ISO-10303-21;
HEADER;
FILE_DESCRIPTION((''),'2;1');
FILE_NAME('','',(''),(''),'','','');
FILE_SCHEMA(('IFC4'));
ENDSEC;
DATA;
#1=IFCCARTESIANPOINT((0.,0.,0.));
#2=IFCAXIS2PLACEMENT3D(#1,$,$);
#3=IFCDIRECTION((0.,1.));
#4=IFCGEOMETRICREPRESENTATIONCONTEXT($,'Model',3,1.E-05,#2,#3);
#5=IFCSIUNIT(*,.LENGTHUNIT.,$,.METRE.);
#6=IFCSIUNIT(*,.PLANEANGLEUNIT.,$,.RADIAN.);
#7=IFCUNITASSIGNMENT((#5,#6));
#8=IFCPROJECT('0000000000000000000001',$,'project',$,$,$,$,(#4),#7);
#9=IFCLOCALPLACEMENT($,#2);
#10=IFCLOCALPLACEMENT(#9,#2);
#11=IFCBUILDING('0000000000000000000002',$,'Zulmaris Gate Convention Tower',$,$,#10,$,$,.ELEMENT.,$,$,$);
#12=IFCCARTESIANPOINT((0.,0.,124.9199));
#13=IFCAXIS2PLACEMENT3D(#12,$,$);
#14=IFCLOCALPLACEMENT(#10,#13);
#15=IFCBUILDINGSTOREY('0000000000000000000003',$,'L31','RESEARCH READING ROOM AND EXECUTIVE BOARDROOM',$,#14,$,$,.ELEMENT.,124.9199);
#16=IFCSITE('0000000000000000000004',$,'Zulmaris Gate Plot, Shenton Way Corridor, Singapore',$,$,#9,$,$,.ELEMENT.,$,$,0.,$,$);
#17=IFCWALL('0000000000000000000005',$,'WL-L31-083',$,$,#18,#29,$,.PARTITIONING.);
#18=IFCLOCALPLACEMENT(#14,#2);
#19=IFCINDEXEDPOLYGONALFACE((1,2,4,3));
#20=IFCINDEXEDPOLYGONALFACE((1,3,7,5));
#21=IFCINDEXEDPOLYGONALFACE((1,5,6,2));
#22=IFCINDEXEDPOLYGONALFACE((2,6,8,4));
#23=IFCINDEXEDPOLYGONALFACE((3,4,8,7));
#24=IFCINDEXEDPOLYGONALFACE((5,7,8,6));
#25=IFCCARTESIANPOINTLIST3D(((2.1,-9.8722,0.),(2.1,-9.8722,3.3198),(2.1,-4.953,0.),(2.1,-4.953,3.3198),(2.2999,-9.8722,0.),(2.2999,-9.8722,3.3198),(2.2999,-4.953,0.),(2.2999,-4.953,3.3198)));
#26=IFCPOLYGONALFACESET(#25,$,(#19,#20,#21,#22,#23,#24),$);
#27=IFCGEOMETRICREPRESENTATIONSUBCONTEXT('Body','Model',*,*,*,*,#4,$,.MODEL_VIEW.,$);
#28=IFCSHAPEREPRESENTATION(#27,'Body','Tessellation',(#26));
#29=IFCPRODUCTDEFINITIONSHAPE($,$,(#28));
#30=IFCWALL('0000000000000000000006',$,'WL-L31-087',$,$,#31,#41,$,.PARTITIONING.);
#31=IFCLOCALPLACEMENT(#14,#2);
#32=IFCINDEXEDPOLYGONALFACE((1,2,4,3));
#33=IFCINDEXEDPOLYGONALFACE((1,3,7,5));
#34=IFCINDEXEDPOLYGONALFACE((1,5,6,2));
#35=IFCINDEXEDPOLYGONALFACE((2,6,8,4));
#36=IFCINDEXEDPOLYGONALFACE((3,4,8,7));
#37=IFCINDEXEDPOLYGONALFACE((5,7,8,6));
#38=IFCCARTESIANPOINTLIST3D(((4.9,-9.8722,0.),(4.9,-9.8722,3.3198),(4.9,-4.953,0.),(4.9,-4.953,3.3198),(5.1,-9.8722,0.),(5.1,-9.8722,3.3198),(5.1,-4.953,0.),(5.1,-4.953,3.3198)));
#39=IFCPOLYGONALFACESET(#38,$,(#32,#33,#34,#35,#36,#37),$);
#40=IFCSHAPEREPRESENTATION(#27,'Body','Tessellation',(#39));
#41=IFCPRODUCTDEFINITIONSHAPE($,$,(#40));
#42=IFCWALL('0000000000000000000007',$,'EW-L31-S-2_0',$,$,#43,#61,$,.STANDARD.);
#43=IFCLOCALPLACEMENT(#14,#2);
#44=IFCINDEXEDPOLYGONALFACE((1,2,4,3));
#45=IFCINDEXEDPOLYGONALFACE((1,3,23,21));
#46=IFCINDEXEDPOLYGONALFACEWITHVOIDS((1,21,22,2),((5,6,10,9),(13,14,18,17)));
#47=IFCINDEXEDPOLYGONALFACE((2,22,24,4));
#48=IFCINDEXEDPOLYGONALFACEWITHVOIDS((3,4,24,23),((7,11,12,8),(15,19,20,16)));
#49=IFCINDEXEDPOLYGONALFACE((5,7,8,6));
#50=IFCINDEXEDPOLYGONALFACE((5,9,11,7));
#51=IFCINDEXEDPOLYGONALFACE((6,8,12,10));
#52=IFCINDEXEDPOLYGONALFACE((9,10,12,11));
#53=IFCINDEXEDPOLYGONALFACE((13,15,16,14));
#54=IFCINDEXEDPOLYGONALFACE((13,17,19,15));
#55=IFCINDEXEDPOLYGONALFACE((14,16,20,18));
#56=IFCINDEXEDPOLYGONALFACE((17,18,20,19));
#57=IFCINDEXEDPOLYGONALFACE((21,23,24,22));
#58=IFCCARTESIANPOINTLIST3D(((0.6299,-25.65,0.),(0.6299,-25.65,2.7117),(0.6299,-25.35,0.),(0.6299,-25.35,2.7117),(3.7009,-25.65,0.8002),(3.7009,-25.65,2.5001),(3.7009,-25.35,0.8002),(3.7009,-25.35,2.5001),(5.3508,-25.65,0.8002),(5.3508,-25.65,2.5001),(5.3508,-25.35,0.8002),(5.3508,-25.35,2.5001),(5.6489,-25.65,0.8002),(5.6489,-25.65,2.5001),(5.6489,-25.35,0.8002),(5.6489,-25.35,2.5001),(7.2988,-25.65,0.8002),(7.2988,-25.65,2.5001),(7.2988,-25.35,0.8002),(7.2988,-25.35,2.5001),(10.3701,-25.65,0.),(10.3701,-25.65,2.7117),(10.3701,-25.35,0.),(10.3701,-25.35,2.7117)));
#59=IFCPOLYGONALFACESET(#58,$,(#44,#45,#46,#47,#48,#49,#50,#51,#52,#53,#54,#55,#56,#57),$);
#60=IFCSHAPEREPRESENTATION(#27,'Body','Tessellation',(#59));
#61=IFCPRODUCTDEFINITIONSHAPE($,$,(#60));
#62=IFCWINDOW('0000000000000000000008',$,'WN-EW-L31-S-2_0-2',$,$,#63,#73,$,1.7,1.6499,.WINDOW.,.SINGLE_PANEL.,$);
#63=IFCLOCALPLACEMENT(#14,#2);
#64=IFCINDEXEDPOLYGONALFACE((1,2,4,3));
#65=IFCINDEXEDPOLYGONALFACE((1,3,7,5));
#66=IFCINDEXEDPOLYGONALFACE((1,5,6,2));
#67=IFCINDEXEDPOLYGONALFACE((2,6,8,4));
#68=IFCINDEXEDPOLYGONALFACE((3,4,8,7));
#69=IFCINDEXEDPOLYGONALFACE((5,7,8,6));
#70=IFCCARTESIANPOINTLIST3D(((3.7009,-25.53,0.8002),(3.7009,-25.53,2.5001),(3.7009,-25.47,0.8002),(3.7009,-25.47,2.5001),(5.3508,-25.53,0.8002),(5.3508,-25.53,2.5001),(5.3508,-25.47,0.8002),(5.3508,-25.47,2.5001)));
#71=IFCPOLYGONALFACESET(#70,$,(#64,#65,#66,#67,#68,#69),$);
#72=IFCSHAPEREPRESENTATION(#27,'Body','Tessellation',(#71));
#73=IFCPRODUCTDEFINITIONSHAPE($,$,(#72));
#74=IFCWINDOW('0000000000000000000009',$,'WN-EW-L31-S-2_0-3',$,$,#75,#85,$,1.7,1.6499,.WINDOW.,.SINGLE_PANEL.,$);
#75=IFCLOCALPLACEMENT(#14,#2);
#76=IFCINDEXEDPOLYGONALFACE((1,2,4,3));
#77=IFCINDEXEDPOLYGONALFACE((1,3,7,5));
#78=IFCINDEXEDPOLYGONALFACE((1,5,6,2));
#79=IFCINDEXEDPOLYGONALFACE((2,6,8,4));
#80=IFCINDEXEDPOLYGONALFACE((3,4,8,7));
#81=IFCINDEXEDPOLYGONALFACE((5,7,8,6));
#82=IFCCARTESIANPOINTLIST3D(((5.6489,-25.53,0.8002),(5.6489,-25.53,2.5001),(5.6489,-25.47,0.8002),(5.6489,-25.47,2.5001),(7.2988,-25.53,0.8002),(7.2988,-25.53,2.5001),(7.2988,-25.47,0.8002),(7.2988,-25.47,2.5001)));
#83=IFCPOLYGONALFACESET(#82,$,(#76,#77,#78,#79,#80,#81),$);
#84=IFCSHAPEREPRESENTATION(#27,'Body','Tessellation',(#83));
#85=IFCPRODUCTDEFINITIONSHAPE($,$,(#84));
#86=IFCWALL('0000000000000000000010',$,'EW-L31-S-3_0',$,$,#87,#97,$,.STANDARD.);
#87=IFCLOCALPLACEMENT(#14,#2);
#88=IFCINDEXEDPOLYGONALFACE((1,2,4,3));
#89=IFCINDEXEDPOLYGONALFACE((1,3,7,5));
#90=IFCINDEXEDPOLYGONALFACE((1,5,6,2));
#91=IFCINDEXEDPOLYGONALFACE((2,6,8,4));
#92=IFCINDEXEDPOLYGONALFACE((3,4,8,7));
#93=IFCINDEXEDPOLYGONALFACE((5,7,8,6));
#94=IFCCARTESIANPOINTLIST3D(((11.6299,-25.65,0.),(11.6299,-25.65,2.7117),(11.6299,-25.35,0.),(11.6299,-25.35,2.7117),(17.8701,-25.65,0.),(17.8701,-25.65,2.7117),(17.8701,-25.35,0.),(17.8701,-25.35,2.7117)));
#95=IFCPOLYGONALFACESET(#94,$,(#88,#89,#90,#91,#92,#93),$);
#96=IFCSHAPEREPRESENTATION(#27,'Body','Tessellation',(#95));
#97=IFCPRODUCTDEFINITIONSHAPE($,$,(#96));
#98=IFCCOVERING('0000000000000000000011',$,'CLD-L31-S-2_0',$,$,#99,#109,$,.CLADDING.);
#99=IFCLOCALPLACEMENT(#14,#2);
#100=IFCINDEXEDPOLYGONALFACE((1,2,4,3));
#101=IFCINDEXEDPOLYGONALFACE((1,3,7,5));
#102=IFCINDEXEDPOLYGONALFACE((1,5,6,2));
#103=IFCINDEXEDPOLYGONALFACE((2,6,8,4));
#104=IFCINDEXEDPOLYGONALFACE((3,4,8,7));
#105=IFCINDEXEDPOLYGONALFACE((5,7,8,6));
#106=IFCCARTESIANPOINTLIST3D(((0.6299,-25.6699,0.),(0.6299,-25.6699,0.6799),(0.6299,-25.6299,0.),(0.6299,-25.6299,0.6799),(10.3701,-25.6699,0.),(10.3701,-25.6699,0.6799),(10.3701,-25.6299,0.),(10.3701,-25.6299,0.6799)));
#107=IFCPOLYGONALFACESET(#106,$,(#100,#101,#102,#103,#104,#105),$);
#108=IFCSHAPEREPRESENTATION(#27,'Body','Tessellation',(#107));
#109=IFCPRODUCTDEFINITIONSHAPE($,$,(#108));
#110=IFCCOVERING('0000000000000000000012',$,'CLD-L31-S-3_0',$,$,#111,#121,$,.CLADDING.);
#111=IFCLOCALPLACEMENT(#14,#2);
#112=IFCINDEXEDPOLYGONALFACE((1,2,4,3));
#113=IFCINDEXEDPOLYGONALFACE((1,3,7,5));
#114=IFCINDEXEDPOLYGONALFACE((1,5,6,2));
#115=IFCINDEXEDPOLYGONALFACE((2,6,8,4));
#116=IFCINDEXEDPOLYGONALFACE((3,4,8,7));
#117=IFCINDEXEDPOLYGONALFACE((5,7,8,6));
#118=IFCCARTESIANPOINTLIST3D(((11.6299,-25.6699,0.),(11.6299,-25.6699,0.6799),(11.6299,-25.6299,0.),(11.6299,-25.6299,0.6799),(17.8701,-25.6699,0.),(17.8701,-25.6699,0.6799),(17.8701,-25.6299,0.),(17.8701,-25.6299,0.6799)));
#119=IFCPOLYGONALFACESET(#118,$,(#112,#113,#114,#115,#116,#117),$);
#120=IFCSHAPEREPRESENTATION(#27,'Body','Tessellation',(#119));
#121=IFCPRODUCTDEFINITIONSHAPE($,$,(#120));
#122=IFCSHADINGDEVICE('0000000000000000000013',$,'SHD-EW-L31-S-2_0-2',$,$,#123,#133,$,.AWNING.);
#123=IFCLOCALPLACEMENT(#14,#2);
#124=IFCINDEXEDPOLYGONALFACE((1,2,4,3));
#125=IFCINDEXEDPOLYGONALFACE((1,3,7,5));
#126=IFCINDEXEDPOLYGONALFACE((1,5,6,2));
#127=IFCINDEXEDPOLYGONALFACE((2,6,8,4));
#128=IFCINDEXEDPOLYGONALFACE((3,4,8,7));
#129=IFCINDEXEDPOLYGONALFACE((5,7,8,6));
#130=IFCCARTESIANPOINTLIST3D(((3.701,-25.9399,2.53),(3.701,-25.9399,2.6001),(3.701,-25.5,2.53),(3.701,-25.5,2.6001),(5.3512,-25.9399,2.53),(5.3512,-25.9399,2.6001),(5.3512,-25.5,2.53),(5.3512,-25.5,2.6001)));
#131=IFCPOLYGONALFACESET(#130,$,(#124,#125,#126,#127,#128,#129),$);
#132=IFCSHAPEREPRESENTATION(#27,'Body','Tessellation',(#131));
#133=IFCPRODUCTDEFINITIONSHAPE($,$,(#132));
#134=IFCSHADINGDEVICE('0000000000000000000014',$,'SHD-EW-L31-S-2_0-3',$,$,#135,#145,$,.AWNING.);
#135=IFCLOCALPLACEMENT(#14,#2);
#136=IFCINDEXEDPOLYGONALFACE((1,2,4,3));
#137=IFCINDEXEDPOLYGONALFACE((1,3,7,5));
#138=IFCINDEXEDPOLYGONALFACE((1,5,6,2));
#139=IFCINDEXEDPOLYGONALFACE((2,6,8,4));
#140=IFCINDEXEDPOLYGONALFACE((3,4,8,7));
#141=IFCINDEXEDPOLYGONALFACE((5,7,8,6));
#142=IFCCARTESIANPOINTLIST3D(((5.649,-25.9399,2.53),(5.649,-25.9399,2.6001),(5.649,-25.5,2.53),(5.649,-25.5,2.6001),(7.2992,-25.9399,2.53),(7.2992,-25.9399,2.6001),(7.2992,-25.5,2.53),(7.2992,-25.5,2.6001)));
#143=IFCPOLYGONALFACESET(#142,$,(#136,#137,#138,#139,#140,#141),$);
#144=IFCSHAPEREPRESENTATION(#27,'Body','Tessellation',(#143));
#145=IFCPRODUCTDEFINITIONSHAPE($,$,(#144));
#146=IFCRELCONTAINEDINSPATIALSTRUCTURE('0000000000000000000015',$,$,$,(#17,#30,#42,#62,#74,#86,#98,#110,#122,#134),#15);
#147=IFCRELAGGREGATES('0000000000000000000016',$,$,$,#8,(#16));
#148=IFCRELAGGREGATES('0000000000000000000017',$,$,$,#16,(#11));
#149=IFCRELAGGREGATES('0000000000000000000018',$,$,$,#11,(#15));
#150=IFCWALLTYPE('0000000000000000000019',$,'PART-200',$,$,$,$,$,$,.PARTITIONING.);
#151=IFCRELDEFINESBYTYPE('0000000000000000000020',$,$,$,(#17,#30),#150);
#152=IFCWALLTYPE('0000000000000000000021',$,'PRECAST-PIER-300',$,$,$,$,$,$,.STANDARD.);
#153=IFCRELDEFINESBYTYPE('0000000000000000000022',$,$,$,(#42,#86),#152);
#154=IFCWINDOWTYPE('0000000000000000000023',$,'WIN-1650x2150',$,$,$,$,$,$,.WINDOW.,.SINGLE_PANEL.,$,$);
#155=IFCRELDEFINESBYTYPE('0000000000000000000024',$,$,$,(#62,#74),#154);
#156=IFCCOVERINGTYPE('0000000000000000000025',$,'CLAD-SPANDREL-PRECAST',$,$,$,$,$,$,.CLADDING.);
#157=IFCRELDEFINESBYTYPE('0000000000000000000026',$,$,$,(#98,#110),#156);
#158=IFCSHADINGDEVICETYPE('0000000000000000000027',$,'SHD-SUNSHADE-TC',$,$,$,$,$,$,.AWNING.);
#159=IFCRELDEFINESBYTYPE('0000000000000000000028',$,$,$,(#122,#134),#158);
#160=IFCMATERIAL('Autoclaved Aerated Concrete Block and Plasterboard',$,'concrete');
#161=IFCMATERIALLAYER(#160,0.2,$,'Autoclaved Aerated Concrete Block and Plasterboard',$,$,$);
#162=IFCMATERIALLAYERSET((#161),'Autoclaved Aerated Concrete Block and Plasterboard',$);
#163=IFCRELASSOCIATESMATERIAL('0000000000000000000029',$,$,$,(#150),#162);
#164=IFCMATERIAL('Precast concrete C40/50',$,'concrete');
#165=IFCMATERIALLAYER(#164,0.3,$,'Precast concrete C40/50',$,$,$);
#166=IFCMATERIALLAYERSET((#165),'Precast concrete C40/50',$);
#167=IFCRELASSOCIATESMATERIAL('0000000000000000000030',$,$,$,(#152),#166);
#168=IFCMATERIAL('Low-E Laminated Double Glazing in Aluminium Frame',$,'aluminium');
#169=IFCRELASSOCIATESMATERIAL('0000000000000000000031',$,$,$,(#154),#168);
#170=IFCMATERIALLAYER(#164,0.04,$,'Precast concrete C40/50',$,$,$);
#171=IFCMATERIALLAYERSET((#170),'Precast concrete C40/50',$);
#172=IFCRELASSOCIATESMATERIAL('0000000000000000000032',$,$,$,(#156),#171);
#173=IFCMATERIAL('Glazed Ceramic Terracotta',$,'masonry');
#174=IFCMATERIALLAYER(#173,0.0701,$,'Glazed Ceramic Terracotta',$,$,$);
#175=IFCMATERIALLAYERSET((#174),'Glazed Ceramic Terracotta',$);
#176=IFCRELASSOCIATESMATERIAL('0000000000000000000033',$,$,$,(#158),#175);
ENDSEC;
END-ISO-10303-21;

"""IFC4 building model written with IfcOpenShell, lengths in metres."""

from ifc_helpers import new_model, si_unit, direction, frame, frame_2d, origin, place, context, subcontext, project, spatial, rectangle, extrude, material, layer, layer_set, type_object, element, fill, save


model = new_model("IFC4")

# Units and contexts
model_context = context("Model", 3, precision=1e-05, world=origin(), true_north=direction((0.0, 1.0)))
body_context = subcontext(model_context, "Body", "Model", "MODEL_VIEW")
ifc_project = project(units=[si_unit("LENGTHUNIT", "METRE"), si_unit("PLANEANGLEUNIT", "RADIAN")], contexts=[model_context])

# Site, building, storey
site_placement = place(None, origin())
site = spatial("IfcSite", under=ifc_project, at=site_placement, Name="Zulmaris Gate Plot, Shenton Way Corridor, Singapore", CompositionType="ELEMENT", RefElevation=0.0)
building_placement = place(site_placement, origin())
building = spatial("IfcBuilding", under=site, at=building_placement, Name="Zulmaris Gate Convention Tower", CompositionType="ELEMENT")
storey_placement = place(building_placement, frame((0.0, 0.0, 124.9199)))
storey = spatial("IfcBuildingStorey", under=building, at=storey_placement, Name="L31", Description="RESEARCH READING ROOM AND EXECUTIVE BOARDROOM", CompositionType="ELEMENT", Elevation=124.9199)

# Walls
ifc_material_1 = material(Name="Autoclaved Aerated Concrete Block and Plasterboard", Category="concrete")
ifc_layer_1 = layer(ifc_material_1, 0.2, Name="Autoclaved Aerated Concrete Block and Plasterboard")
ifc_layer_set_1 = layer_set([ifc_layer_1], Name="Autoclaved Aerated Concrete Block and Plasterboard")
wall_type_1 = type_object("IfcWallType", Name="PART-200", PredefinedType="PARTITIONING", material=ifc_layer_set_1)
for number, where, z_axis, x_axis, name in (
    (1, (2.2, -9.8721, 0.0), (0.0, 0.0, 1.0), (0.0, 1.0, 0.0), "WL-L31-083"),
    (2, (5.0, -9.8721, 0.0), (0.0, 0.0, 1.0), (0.0, 1.0, 0.0), "WL-L31-087"),
):
    element("IfcWall", number, at=place(storey_placement, frame(where, z_axis=z_axis, x_axis=x_axis)), inside=storey, type_object=wall_type_1, Name=name, PredefinedType="PARTITIONING", context=body_context, shape_type="SweptSolid", body=[
        extrude(rectangle(XDim=4.9192, YDim=0.2, at=frame_2d((2.4595, 0.0))), origin(), (0.0, 0.0, 1.0), 3.3198),
    ])

# Wall, openings, windows
ifc_material_2 = material(Name="Precast concrete C40/50", Category="concrete")
ifc_layer_2 = layer(ifc_material_2, 0.3, Name="Precast concrete C40/50")
ifc_layer_set_2 = layer_set([ifc_layer_2], Name="Precast concrete C40/50")
wall_type_2 = type_object("IfcWallType", Name="PRECAST-PIER-300", PredefinedType="STANDARD", material=ifc_layer_set_2)
wall_1_placement = place(storey_placement, frame((0.6299, -25.5, 0.0), z_axis=(0.0, 0.0, 1.0), x_axis=(1.0, 0.0, 0.0)))
wall_1 = element("IfcWall", 3, at=wall_1_placement, inside=storey, type_object=wall_type_2, Name="EW-L31-S-2_0", PredefinedType="STANDARD", context=body_context, shape_type="SweptSolid", body=[
    extrude(rectangle(XDim=9.7402, YDim=0.3, at=frame_2d((4.8701, 0.0))), origin(), (0.0, 0.0, 1.0), 2.7117),
])
opening_1_placement = place(wall_1_placement, frame((3.071, 0.0, 0.8)))
opening_1 = element("IfcOpeningElement", 4, at=opening_1_placement, cuts=wall_1, PredefinedType="OPENING", context=body_context, shape_type="SweptSolid", body=[
    extrude(rectangle(XDim=1.6499, YDim=1.7, at=frame_2d((0.825, 0.8501))), frame((0.0, 0.1602, 0.0), z_axis=(0.0, -1.0, 0.0), x_axis=(1.0, 0.0, 0.0)), (0.0, 0.0, 1.0), 0.3201),
])
opening_2_placement = place(wall_1_placement, frame((5.019, 0.0, 0.8)))
opening_2 = element("IfcOpeningElement", 5, at=opening_2_placement, cuts=wall_1, PredefinedType="OPENING", context=body_context, shape_type="SweptSolid", body=[
    extrude(rectangle(XDim=1.6499, YDim=1.7, at=frame_2d((0.825, 0.8501))), frame((0.0, 0.1602, 0.0), z_axis=(0.0, -1.0, 0.0), x_axis=(1.0, 0.0, 0.0)), (0.0, 0.0, 1.0), 0.3201),
])
ifc_material_3 = material(Name="Low-E Laminated Double Glazing in Aluminium Frame", Category="aluminium")
window_type = type_object("IfcWindowType", Name="WIN-1650x2150", PartitioningType="SINGLE_PANEL", PredefinedType="WINDOW", material=ifc_material_3)
window_1_placement = place(opening_1_placement, origin())
window_1 = element("IfcWindow", 6, at=window_1_placement, inside=storey, type_object=window_type, Name="WN-EW-L31-S-2_0-2", OverallHeight=1.7, OverallWidth=1.6499, PartitioningType="SINGLE_PANEL", PredefinedType="WINDOW", context=body_context, shape_type="SweptSolid", body=[
    extrude(rectangle(XDim=1.6499, YDim=1.7, at=frame_2d((0.825, 0.8501))), frame((0.0, 0.03, 0.0), z_axis=(0.0, -1.0, 0.0), x_axis=(1.0, 0.0, 0.0)), (0.0, 0.0, 1.0), 0.0601),
])
fill(opening_1, window_1)
window_2_placement = place(opening_2_placement, origin())
window_2 = element("IfcWindow", 7, at=window_2_placement, inside=storey, type_object=window_type, Name="WN-EW-L31-S-2_0-3", OverallHeight=1.7, OverallWidth=1.6499, PartitioningType="SINGLE_PANEL", PredefinedType="WINDOW", context=body_context, shape_type="SweptSolid", body=[
    extrude(rectangle(XDim=1.6499, YDim=1.7, at=frame_2d((0.825, 0.8501))), frame((0.0, 0.03, 0.0), z_axis=(0.0, -1.0, 0.0), x_axis=(1.0, 0.0, 0.0)), (0.0, 0.0, 1.0), 0.0601),
])
fill(opening_2, window_2)

# Wall
wall_2_placement = place(storey_placement, frame((11.6299, -25.5, 0.0), z_axis=(0.0, 0.0, 1.0), x_axis=(1.0, 0.0, 0.0)))
element("IfcWall", 8, at=wall_2_placement, inside=storey, type_object=wall_type_2, Name="EW-L31-S-3_0", PredefinedType="STANDARD", context=body_context, shape_type="SweptSolid", body=[
    extrude(rectangle(XDim=6.2402, YDim=0.3, at=frame_2d((3.1201, 0.0))), origin(), (0.0, 0.0, 1.0), 2.7117),
])

# Coverings
ifc_layer_3 = layer(ifc_material_2, 0.04, Name="Precast concrete C40/50")
ifc_layer_set_3 = layer_set([ifc_layer_3], Name="Precast concrete C40/50")
covering_type = type_object("IfcCoveringType", Name="CLAD-SPANDREL-PRECAST", PredefinedType="CLADDING", material=ifc_layer_set_3)
covering_1_placement = place(storey_placement, frame((0.6299, -25.6499, 0.0), z_axis=(0.0, 0.0, 1.0), x_axis=(1.0, 0.0, 0.0)))
element("IfcCovering", 9, at=covering_1_placement, inside=storey, type_object=covering_type, Name="CLD-L31-S-2_0", PredefinedType="CLADDING", context=body_context, shape_type="SweptSolid", body=[
    extrude(rectangle(XDim=9.7402, YDim=0.04, at=frame_2d((4.8701, 0.0))), origin(), (0.0, 0.0, 1.0), 0.6799),
])
covering_2_placement = place(storey_placement, frame((11.6299, -25.6499, 0.0), z_axis=(0.0, 0.0, 1.0), x_axis=(1.0, 0.0, 0.0)))
element("IfcCovering", 10, at=covering_2_placement, inside=storey, type_object=covering_type, Name="CLD-L31-S-3_0", PredefinedType="CLADDING", context=body_context, shape_type="SweptSolid", body=[
    extrude(rectangle(XDim=6.2402, YDim=0.04, at=frame_2d((3.1201, 0.0))), origin(), (0.0, 0.0, 1.0), 0.6799),
])

# Shading devices
ifc_material_4 = material(Name="Glazed Ceramic Terracotta", Category="masonry")
ifc_layer_4 = layer(ifc_material_4, 0.0701, Name="Glazed Ceramic Terracotta")
ifc_layer_set_4 = layer_set([ifc_layer_4], Name="Glazed Ceramic Terracotta")
shading_device_type = type_object("IfcShadingDeviceType", Name="SHD-SUNSHADE-TC", PredefinedType="AWNING", material=ifc_layer_set_4)
for number, where, z_axis, x_axis, name in (
    (11, (3.7009, -25.72, 2.53), (0.0, 0.0, 1.0), (1.0, 0.0, 0.0), "SHD-EW-L31-S-2_0-2"),
    (12, (5.6489, -25.72, 2.53), (0.0, 0.0, 1.0), (1.0, 0.0, 0.0), "SHD-EW-L31-S-2_0-3"),
):
    element("IfcShadingDevice", number, at=place(storey_placement, frame(where, z_axis=z_axis, x_axis=x_axis)), inside=storey, type_object=shading_device_type, Name=name, PredefinedType="AWNING", context=body_context, shape_type="SweptSolid", body=[
        extrude(rectangle(XDim=1.6501, YDim=0.4399, at=frame_2d((0.8252, 0.0))), origin(), (0.0, 0.0, 1.0), 0.0701),
    ])

save(model, "model.ifc")
